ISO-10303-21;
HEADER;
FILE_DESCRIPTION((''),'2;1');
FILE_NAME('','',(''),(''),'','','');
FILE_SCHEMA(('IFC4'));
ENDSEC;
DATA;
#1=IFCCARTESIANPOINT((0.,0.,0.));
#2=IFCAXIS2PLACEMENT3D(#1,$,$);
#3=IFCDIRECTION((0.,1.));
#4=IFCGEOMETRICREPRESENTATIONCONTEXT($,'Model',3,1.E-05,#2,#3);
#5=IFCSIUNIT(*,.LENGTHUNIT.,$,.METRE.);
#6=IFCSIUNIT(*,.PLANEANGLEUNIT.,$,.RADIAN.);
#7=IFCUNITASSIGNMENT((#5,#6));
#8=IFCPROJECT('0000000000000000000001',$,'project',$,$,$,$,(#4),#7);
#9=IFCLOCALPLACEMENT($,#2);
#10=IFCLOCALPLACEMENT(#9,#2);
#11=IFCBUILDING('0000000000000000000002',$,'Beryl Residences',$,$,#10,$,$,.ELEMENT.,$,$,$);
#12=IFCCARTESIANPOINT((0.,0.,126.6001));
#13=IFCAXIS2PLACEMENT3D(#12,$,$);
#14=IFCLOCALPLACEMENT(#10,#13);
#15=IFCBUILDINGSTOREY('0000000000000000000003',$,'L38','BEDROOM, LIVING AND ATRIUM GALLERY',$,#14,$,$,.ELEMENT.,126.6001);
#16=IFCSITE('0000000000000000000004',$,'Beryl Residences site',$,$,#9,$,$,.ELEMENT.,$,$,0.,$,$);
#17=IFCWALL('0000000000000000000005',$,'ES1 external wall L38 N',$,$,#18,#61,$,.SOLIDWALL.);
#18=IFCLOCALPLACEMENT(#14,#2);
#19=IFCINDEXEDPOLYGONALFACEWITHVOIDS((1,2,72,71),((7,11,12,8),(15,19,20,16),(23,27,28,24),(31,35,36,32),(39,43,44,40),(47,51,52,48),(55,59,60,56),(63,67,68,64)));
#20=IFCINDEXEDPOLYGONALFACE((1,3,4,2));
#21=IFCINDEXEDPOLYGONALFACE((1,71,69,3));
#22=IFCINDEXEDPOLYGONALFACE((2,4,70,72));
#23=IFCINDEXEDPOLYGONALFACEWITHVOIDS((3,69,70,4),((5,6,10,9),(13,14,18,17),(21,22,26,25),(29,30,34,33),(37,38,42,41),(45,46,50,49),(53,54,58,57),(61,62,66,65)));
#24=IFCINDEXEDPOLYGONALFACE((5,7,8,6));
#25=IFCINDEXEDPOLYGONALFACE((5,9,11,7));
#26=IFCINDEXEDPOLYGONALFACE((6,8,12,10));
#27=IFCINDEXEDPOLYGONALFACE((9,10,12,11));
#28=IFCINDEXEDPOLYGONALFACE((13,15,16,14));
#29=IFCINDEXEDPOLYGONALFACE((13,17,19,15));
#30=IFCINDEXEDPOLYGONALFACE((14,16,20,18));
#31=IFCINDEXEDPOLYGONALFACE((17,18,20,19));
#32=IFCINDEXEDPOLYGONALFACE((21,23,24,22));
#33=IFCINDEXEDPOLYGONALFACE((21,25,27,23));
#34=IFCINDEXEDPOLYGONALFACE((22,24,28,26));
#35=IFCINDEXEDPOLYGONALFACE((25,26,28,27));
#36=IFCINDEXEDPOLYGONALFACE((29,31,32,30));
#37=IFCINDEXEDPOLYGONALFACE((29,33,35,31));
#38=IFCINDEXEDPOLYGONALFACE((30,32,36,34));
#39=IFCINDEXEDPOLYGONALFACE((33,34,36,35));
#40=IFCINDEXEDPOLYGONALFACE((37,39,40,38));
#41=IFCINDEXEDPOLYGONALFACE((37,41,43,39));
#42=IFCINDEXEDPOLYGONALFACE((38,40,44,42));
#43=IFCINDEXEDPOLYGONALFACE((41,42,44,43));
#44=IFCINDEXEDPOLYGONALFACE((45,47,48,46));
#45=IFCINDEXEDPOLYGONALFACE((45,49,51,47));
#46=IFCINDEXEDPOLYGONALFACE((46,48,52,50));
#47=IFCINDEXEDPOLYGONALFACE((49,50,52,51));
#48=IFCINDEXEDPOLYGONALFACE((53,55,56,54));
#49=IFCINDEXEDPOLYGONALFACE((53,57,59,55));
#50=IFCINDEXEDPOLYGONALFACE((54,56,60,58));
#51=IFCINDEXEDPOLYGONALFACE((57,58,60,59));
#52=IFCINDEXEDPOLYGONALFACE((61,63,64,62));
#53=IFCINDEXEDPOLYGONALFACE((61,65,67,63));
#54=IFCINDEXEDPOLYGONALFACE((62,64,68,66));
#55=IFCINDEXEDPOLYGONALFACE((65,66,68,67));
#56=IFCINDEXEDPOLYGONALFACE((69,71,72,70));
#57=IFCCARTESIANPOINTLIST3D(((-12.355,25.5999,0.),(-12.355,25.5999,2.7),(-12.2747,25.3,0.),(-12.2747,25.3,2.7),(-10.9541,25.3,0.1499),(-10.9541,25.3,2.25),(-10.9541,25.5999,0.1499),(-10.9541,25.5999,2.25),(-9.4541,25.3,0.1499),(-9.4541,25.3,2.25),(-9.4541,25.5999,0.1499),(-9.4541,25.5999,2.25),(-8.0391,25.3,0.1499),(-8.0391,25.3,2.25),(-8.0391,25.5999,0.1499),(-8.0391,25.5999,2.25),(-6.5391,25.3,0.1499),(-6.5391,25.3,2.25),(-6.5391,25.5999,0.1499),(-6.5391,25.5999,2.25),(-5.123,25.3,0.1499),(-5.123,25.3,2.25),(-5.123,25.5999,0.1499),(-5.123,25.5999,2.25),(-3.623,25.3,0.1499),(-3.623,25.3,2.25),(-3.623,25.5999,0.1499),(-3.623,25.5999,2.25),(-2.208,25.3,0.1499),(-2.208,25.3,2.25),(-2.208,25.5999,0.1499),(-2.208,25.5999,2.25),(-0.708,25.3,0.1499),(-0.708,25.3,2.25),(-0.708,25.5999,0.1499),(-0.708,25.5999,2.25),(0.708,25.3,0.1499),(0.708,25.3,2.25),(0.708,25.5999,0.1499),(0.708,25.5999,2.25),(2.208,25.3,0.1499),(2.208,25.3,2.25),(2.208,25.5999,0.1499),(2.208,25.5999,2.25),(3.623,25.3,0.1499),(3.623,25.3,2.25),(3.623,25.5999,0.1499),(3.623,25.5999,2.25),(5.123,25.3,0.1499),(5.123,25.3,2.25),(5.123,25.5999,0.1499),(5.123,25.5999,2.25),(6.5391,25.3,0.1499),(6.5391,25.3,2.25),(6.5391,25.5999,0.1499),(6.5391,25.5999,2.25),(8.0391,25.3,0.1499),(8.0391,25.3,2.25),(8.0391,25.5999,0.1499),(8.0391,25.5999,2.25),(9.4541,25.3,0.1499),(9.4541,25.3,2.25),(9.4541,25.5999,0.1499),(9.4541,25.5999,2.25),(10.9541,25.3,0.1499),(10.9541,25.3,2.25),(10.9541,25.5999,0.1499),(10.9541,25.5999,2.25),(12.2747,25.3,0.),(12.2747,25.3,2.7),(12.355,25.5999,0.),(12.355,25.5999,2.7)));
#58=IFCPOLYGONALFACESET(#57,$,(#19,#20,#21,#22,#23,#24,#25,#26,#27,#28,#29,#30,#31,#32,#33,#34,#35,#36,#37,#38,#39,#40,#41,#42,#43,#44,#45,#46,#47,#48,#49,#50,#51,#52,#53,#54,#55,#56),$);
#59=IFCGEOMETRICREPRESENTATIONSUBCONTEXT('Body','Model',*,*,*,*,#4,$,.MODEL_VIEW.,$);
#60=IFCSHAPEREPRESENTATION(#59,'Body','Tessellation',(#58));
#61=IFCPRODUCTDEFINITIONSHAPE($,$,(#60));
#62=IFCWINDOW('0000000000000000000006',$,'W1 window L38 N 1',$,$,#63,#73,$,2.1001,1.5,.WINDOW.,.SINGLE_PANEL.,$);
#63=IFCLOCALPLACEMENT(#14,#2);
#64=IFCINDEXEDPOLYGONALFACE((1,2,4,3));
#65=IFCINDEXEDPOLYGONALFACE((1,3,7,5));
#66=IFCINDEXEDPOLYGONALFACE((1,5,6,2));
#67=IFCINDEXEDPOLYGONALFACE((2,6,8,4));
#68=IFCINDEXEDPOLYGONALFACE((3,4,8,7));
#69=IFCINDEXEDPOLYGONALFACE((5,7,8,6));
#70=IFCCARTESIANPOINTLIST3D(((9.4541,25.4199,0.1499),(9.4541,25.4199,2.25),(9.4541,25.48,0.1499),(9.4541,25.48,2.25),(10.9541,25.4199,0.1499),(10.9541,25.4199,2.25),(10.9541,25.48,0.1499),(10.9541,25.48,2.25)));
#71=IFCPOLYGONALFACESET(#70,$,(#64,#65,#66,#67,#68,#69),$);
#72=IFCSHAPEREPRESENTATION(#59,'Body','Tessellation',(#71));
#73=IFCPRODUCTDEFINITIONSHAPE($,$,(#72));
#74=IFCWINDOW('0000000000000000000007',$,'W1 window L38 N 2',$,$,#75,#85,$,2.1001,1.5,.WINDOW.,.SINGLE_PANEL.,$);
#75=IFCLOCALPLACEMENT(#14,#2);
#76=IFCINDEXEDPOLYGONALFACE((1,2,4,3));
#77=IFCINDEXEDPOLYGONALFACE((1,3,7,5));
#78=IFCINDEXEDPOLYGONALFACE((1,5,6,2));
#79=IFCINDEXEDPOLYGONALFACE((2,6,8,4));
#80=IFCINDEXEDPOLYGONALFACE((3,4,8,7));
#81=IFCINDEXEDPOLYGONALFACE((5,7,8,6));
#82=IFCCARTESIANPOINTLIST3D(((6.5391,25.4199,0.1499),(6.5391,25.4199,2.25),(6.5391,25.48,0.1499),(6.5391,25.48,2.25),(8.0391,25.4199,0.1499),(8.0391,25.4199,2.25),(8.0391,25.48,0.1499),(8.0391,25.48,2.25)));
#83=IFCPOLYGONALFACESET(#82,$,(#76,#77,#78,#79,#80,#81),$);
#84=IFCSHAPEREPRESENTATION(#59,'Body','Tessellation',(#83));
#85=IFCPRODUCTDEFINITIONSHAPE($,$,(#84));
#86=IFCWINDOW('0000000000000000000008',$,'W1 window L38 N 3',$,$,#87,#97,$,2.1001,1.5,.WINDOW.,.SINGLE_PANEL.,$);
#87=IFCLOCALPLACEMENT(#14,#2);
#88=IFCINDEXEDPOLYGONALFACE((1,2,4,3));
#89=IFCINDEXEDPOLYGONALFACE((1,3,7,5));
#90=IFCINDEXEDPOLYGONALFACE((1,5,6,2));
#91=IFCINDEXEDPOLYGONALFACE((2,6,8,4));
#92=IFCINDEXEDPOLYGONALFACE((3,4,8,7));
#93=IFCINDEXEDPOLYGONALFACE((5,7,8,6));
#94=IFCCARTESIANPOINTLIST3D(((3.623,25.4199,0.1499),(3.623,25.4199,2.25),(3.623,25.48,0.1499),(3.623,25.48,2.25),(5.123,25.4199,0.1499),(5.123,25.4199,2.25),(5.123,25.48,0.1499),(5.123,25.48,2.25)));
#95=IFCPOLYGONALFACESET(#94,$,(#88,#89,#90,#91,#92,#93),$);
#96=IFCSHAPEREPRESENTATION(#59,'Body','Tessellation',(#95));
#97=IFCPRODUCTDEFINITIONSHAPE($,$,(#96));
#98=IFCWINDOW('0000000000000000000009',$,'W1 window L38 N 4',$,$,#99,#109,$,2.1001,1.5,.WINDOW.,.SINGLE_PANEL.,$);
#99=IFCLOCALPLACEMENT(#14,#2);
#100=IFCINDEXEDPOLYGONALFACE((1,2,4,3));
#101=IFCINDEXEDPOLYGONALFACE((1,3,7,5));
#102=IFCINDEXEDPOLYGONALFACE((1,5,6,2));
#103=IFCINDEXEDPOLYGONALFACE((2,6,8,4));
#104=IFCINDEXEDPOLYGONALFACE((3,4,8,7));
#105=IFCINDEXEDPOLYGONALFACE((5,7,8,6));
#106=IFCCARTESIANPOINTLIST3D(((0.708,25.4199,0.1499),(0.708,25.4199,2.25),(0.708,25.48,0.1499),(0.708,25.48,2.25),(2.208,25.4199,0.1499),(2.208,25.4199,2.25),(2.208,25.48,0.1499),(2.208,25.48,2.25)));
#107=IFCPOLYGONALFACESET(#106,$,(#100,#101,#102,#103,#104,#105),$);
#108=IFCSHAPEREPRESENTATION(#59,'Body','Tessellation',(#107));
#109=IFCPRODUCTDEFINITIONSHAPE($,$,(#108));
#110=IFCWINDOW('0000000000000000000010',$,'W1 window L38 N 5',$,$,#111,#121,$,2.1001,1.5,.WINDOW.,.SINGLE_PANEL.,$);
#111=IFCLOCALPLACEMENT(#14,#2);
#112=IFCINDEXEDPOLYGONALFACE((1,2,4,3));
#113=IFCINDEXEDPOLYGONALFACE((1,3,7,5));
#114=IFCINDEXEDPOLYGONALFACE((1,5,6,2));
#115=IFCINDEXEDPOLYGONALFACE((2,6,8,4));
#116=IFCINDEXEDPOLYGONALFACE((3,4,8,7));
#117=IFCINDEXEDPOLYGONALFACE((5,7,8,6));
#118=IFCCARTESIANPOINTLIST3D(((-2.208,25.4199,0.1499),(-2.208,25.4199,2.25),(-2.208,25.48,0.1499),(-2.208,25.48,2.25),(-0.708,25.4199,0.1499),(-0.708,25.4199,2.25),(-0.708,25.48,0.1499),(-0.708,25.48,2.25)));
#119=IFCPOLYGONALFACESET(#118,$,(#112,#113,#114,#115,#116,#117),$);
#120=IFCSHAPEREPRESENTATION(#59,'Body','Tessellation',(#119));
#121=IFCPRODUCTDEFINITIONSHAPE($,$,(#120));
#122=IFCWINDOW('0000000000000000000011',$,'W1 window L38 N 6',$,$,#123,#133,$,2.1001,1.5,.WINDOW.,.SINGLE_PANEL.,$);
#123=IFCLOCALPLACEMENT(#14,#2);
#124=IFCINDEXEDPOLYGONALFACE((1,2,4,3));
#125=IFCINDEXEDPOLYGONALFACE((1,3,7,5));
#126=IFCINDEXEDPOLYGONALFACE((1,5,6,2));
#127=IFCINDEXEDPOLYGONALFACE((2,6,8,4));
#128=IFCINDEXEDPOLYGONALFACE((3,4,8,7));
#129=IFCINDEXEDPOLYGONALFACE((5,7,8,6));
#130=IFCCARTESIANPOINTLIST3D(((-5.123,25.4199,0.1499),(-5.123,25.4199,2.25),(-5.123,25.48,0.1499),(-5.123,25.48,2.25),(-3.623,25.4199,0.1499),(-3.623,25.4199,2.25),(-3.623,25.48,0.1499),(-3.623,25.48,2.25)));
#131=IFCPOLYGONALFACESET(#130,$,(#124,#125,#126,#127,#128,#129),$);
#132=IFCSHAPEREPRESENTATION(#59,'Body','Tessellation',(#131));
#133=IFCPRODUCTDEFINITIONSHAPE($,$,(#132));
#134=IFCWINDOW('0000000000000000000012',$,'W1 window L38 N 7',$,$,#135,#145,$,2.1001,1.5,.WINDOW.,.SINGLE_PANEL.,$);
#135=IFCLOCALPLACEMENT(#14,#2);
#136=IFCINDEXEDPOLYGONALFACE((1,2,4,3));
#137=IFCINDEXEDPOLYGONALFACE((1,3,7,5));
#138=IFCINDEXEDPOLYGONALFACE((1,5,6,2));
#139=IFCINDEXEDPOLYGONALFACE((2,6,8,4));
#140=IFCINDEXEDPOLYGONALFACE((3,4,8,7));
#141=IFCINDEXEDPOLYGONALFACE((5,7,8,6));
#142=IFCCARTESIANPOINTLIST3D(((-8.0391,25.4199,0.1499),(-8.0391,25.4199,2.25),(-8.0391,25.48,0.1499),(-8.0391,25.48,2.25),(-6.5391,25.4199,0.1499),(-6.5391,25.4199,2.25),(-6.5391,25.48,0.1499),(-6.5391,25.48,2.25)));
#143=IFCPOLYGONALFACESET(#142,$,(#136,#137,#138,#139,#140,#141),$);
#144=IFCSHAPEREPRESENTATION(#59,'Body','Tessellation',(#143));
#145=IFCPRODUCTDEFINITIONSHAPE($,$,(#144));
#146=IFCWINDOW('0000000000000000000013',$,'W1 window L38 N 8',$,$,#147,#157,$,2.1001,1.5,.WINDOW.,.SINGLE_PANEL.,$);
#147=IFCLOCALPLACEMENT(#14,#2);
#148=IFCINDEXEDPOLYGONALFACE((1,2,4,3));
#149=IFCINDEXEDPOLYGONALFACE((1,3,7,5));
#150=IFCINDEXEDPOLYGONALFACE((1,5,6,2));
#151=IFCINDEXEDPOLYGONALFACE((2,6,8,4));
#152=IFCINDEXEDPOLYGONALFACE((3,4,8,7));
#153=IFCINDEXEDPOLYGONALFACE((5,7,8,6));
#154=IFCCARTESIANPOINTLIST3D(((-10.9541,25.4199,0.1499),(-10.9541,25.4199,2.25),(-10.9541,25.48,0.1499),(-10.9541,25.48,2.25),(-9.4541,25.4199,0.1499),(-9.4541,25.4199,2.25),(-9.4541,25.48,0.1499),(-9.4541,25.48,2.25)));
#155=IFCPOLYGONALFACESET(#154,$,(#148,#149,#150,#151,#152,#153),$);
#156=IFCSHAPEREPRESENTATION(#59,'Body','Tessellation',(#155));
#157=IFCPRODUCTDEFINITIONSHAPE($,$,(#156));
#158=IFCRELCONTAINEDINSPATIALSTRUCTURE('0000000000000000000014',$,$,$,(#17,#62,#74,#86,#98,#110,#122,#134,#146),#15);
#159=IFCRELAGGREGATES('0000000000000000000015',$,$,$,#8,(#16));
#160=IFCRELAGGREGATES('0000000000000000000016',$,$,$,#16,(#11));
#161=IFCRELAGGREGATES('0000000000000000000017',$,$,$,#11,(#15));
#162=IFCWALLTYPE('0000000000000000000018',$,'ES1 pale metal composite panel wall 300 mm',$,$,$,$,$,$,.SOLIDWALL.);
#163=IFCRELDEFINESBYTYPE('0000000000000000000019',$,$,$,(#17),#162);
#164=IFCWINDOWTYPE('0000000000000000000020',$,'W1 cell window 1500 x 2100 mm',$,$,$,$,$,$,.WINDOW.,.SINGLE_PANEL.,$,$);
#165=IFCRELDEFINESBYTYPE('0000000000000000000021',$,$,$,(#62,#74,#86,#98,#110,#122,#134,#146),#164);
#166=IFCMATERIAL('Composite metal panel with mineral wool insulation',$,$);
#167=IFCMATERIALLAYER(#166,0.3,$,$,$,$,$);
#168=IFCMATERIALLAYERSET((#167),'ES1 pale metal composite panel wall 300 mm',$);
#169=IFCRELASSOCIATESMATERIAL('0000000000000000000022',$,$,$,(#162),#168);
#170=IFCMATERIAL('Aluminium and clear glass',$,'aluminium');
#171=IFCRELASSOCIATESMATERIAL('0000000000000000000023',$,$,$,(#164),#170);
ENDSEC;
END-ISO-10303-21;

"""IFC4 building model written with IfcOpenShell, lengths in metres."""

from ifc_helpers import new_model, si_unit, direction, frame, frame_2d, origin, place, context, subcontext, project, spatial, polyline, rectangle, outline, extrude, material, layer, layer_set, type_object, element, fill, save


model = new_model("IFC4")

# Units and contexts
model_context = context("Model", 3, precision=1e-05, world=origin(), true_north=direction((0.0, 1.0)))
body_context = subcontext(model_context, "Body", "Model", "MODEL_VIEW")
ifc_project = project(units=[si_unit("LENGTHUNIT", "METRE"), si_unit("PLANEANGLEUNIT", "RADIAN")], contexts=[model_context])

# Site, building, storey
site_placement = place(None, origin())
site = spatial("IfcSite", under=ifc_project, at=site_placement, Name="Beryl Residences site", CompositionType="ELEMENT", RefElevation=0.0)
building_placement = place(site_placement, origin())
building = spatial("IfcBuilding", under=site, at=building_placement, Name="Beryl Residences", CompositionType="ELEMENT")
storey_placement = place(building_placement, frame((0.0, 0.0, 126.6001)))
storey = spatial("IfcBuildingStorey", under=building, at=storey_placement, Name="L38", Description="BEDROOM, LIVING AND ATRIUM GALLERY", CompositionType="ELEMENT", Elevation=126.6001)

# Wall, openings, windows
ifc_material_1 = material(Name="Composite metal panel with mineral wool insulation")
ifc_layer = layer(ifc_material_1, 0.3)
ifc_layer_set = layer_set([ifc_layer], Name="ES1 pale metal composite panel wall 300 mm")
wall_type = type_object("IfcWallType", Name="ES1 pale metal composite panel wall 300 mm", PredefinedType="SOLIDWALL", material=ifc_layer_set)
wall_1_placement = place(storey_placement, frame((12.355, 25.45, 0.0), z_axis=(0.0, 0.0, 1.0), x_axis=(-1.0, 0.0, 0.0)))
wall_1 = element("IfcWall", 1, at=wall_1_placement, inside=storey, type_object=wall_type, Name="ES1 external wall L38 N", PredefinedType="SOLIDWALL", context=body_context, shape_type="SweptSolid", body=[
    extrude(outline(polyline([(0.0, -0.1499), (24.71, -0.1499), (24.6296, 0.1499), (0.0803, 0.1499), (0.0, -0.1499)])), origin(), (0.0, 0.0, 1.0), 2.7),
])
opening_1_placement = place(wall_1_placement, frame((1.4009, 0.0, 0.1499)))
opening_1 = element("IfcOpeningElement", 2, at=opening_1_placement, cuts=wall_1, PredefinedType="OPENING", context=body_context, shape_type="SweptSolid", body=[
    extrude(rectangle(XDim=1.5, YDim=2.1001, at=frame_2d((0.75, 1.05))), frame((0.0, 0.1599, 0.0), z_axis=(0.0, -1.0, 0.0), x_axis=(1.0, 0.0, 0.0)), (0.0, 0.0, 1.0), 0.3201),
])
opening_2_placement = place(wall_1_placement, frame((4.3159, 0.0, 0.1499)))
opening_2 = element("IfcOpeningElement", 3, at=opening_2_placement, cuts=wall_1, PredefinedType="OPENING", context=body_context, shape_type="SweptSolid", body=[
    extrude(rectangle(XDim=1.5, YDim=2.1001, at=frame_2d((0.75, 1.05))), frame((0.0, 0.1599, 0.0), z_axis=(0.0, -1.0, 0.0), x_axis=(1.0, 0.0, 0.0)), (0.0, 0.0, 1.0), 0.3201),
])
opening_3_placement = place(wall_1_placement, frame((7.2319, 0.0, 0.1499)))
opening_3 = element("IfcOpeningElement", 4, at=opening_3_placement, cuts=wall_1, PredefinedType="OPENING", context=body_context, shape_type="SweptSolid", body=[
    extrude(rectangle(XDim=1.5, YDim=2.1001, at=frame_2d((0.75, 1.05))), frame((0.0, 0.1599, 0.0), z_axis=(0.0, -1.0, 0.0), x_axis=(1.0, 0.0, 0.0)), (0.0, 0.0, 1.0), 0.3201),
])
opening_4_placement = place(wall_1_placement, frame((10.147, 0.0, 0.1499)))
opening_4 = element("IfcOpeningElement", 5, at=opening_4_placement, cuts=wall_1, PredefinedType="OPENING", context=body_context, shape_type="SweptSolid", body=[
    extrude(rectangle(XDim=1.5, YDim=2.1001, at=frame_2d((0.75, 1.05))), frame((0.0, 0.1599, 0.0), z_axis=(0.0, -1.0, 0.0), x_axis=(1.0, 0.0, 0.0)), (0.0, 0.0, 1.0), 0.3201),
])
opening_5_placement = place(wall_1_placement, frame((13.063, 0.0, 0.1499)))
opening_5 = element("IfcOpeningElement", 6, at=opening_5_placement, cuts=wall_1, PredefinedType="OPENING", context=body_context, shape_type="SweptSolid", body=[
    extrude(rectangle(XDim=1.5, YDim=2.1001, at=frame_2d((0.75, 1.05))), frame((0.0, 0.1599, 0.0), z_axis=(0.0, -1.0, 0.0), x_axis=(1.0, 0.0, 0.0)), (0.0, 0.0, 1.0), 0.3201),
])
opening_6_placement = place(wall_1_placement, frame((15.978, 0.0, 0.1499)))
opening_6 = element("IfcOpeningElement", 7, at=opening_6_placement, cuts=wall_1, PredefinedType="OPENING", context=body_context, shape_type="SweptSolid", body=[
    extrude(rectangle(XDim=1.5, YDim=2.1001, at=frame_2d((0.75, 1.05))), frame((0.0, 0.1599, 0.0), z_axis=(0.0, -1.0, 0.0), x_axis=(1.0, 0.0, 0.0)), (0.0, 0.0, 1.0), 0.3201),
])
opening_7_placement = place(wall_1_placement, frame((18.894, 0.0, 0.1499)))
opening_7 = element("IfcOpeningElement", 8, at=opening_7_placement, cuts=wall_1, PredefinedType="OPENING", context=body_context, shape_type="SweptSolid", body=[
    extrude(rectangle(XDim=1.5, YDim=2.1001, at=frame_2d((0.75, 1.05))), frame((0.0, 0.1599, 0.0), z_axis=(0.0, -1.0, 0.0), x_axis=(1.0, 0.0, 0.0)), (0.0, 0.0, 1.0), 0.3201),
])
opening_8_placement = place(wall_1_placement, frame((21.8091, 0.0, 0.1499)))
opening_8 = element("IfcOpeningElement", 9, at=opening_8_placement, cuts=wall_1, PredefinedType="OPENING", context=body_context, shape_type="SweptSolid", body=[
    extrude(rectangle(XDim=1.5, YDim=2.1001, at=frame_2d((0.75, 1.05))), frame((0.0, 0.1599, 0.0), z_axis=(0.0, -1.0, 0.0), x_axis=(1.0, 0.0, 0.0)), (0.0, 0.0, 1.0), 0.3201),
])
ifc_material_2 = material(Name="Aluminium and clear glass", Category="aluminium")
window_type_1 = type_object("IfcWindowType", Name="W1 cell window 1500 x 2100 mm", PartitioningType="SINGLE_PANEL", PredefinedType="WINDOW", material=ifc_material_2)
window_1_placement = place(opening_1_placement, origin())
window_1 = element("IfcWindow", 10, at=window_1_placement, inside=storey, type_object=window_type_1, Name="W1 window L38 N 1", OverallHeight=2.1001, OverallWidth=1.5, PartitioningType="SINGLE_PANEL", PredefinedType="WINDOW", context=body_context, shape_type="SweptSolid", body=[
    extrude(rectangle(XDim=1.5, YDim=2.1001, at=frame_2d((0.75, 1.05))), frame((0.0, 0.03, 0.0), z_axis=(0.0, -1.0, 0.0), x_axis=(1.0, 0.0, 0.0)), (0.0, 0.0, 1.0), 0.0601),
])
fill(opening_1, window_1)
window_2_placement = place(opening_2_placement, origin())
window_2 = element("IfcWindow", 11, at=window_2_placement, inside=storey, type_object=window_type_1, Name="W1 window L38 N 2", OverallHeight=2.1001, OverallWidth=1.5, PartitioningType="SINGLE_PANEL", PredefinedType="WINDOW", context=body_context, shape_type="SweptSolid", body=[
    extrude(rectangle(XDim=1.5, YDim=2.1001, at=frame_2d((0.75, 1.05))), frame((0.0, 0.03, 0.0), z_axis=(0.0, -1.0, 0.0), x_axis=(1.0, 0.0, 0.0)), (0.0, 0.0, 1.0), 0.0601),
])
fill(opening_2, window_2)
window_3_placement = place(opening_3_placement, origin())
window_3 = element("IfcWindow", 12, at=window_3_placement, inside=storey, type_object=window_type_1, Name="W1 window L38 N 3", OverallHeight=2.1001, OverallWidth=1.5, PartitioningType="SINGLE_PANEL", PredefinedType="WINDOW", context=body_context, shape_type="SweptSolid", body=[
    extrude(rectangle(XDim=1.5, YDim=2.1001, at=frame_2d((0.75, 1.05))), frame((0.0, 0.03, 0.0), z_axis=(0.0, -1.0, 0.0), x_axis=(1.0, 0.0, 0.0)), (0.0, 0.0, 1.0), 0.0601),
])
fill(opening_3, window_3)
window_4_placement = place(opening_4_placement, origin())
window_4 = element("IfcWindow", 13, at=window_4_placement, inside=storey, type_object=window_type_1, Name="W1 window L38 N 4", OverallHeight=2.1001, OverallWidth=1.5, PartitioningType="SINGLE_PANEL", PredefinedType="WINDOW", context=body_context, shape_type="SweptSolid", body=[
    extrude(rectangle(XDim=1.5, YDim=2.1001, at=frame_2d((0.75, 1.05))), frame((0.0, 0.03, 0.0), z_axis=(0.0, -1.0, 0.0), x_axis=(1.0, 0.0, 0.0)), (0.0, 0.0, 1.0), 0.0601),
])
fill(opening_4, window_4)
window_5_placement = place(opening_5_placement, origin())
window_5 = element("IfcWindow", 14, at=window_5_placement, inside=storey, type_object=window_type_1, Name="W1 window L38 N 5", OverallHeight=2.1001, OverallWidth=1.5, PartitioningType="SINGLE_PANEL", PredefinedType="WINDOW", context=body_context, shape_type="SweptSolid", body=[
    extrude(rectangle(XDim=1.5, YDim=2.1001, at=frame_2d((0.75, 1.05))), frame((0.0, 0.03, 0.0), z_axis=(0.0, -1.0, 0.0), x_axis=(1.0, 0.0, 0.0)), (0.0, 0.0, 1.0), 0.0601),
])
fill(opening_5, window_5)
window_6_placement = place(opening_6_placement, origin())
window_6 = element("IfcWindow", 15, at=window_6_placement, inside=storey, type_object=window_type_1, Name="W1 window L38 N 6", OverallHeight=2.1001, OverallWidth=1.5, PartitioningType="SINGLE_PANEL", PredefinedType="WINDOW", context=body_context, shape_type="SweptSolid", body=[
    extrude(rectangle(XDim=1.5, YDim=2.1001, at=frame_2d((0.75, 1.05))), frame((0.0, 0.03, 0.0), z_axis=(0.0, -1.0, 0.0), x_axis=(1.0, 0.0, 0.0)), (0.0, 0.0, 1.0), 0.0601),
])
fill(opening_6, window_6)
window_7_placement = place(opening_7_placement, origin())
window_7 = element("IfcWindow", 16, at=window_7_placement, inside=storey, type_object=window_type_1, Name="W1 window L38 N 7", OverallHeight=2.1001, OverallWidth=1.5, PartitioningType="SINGLE_PANEL", PredefinedType="WINDOW", context=body_context, shape_type="SweptSolid", body=[
    extrude(rectangle(XDim=1.5, YDim=2.1001, at=frame_2d((0.75, 1.05))), frame((0.0, 0.03, 0.0), z_axis=(0.0, -1.0, 0.0), x_axis=(1.0, 0.0, 0.0)), (0.0, 0.0, 1.0), 0.0601),
])
fill(opening_7, window_7)
window_8_placement = place(opening_8_placement, origin())
window_8 = element("IfcWindow", 17, at=window_8_placement, inside=storey, type_object=window_type_1, Name="W1 window L38 N 8", OverallHeight=2.1001, OverallWidth=1.5, PartitioningType="SINGLE_PANEL", PredefinedType="WINDOW", context=body_context, shape_type="SweptSolid", body=[
    extrude(rectangle(XDim=1.5, YDim=2.1001, at=frame_2d((0.75, 1.05))), frame((0.0, 0.03, 0.0), z_axis=(0.0, -1.0, 0.0), x_axis=(1.0, 0.0, 0.0)), (0.0, 0.0, 1.0), 0.0601),
])
fill(opening_8, window_8)

save(model, "model.ifc")
